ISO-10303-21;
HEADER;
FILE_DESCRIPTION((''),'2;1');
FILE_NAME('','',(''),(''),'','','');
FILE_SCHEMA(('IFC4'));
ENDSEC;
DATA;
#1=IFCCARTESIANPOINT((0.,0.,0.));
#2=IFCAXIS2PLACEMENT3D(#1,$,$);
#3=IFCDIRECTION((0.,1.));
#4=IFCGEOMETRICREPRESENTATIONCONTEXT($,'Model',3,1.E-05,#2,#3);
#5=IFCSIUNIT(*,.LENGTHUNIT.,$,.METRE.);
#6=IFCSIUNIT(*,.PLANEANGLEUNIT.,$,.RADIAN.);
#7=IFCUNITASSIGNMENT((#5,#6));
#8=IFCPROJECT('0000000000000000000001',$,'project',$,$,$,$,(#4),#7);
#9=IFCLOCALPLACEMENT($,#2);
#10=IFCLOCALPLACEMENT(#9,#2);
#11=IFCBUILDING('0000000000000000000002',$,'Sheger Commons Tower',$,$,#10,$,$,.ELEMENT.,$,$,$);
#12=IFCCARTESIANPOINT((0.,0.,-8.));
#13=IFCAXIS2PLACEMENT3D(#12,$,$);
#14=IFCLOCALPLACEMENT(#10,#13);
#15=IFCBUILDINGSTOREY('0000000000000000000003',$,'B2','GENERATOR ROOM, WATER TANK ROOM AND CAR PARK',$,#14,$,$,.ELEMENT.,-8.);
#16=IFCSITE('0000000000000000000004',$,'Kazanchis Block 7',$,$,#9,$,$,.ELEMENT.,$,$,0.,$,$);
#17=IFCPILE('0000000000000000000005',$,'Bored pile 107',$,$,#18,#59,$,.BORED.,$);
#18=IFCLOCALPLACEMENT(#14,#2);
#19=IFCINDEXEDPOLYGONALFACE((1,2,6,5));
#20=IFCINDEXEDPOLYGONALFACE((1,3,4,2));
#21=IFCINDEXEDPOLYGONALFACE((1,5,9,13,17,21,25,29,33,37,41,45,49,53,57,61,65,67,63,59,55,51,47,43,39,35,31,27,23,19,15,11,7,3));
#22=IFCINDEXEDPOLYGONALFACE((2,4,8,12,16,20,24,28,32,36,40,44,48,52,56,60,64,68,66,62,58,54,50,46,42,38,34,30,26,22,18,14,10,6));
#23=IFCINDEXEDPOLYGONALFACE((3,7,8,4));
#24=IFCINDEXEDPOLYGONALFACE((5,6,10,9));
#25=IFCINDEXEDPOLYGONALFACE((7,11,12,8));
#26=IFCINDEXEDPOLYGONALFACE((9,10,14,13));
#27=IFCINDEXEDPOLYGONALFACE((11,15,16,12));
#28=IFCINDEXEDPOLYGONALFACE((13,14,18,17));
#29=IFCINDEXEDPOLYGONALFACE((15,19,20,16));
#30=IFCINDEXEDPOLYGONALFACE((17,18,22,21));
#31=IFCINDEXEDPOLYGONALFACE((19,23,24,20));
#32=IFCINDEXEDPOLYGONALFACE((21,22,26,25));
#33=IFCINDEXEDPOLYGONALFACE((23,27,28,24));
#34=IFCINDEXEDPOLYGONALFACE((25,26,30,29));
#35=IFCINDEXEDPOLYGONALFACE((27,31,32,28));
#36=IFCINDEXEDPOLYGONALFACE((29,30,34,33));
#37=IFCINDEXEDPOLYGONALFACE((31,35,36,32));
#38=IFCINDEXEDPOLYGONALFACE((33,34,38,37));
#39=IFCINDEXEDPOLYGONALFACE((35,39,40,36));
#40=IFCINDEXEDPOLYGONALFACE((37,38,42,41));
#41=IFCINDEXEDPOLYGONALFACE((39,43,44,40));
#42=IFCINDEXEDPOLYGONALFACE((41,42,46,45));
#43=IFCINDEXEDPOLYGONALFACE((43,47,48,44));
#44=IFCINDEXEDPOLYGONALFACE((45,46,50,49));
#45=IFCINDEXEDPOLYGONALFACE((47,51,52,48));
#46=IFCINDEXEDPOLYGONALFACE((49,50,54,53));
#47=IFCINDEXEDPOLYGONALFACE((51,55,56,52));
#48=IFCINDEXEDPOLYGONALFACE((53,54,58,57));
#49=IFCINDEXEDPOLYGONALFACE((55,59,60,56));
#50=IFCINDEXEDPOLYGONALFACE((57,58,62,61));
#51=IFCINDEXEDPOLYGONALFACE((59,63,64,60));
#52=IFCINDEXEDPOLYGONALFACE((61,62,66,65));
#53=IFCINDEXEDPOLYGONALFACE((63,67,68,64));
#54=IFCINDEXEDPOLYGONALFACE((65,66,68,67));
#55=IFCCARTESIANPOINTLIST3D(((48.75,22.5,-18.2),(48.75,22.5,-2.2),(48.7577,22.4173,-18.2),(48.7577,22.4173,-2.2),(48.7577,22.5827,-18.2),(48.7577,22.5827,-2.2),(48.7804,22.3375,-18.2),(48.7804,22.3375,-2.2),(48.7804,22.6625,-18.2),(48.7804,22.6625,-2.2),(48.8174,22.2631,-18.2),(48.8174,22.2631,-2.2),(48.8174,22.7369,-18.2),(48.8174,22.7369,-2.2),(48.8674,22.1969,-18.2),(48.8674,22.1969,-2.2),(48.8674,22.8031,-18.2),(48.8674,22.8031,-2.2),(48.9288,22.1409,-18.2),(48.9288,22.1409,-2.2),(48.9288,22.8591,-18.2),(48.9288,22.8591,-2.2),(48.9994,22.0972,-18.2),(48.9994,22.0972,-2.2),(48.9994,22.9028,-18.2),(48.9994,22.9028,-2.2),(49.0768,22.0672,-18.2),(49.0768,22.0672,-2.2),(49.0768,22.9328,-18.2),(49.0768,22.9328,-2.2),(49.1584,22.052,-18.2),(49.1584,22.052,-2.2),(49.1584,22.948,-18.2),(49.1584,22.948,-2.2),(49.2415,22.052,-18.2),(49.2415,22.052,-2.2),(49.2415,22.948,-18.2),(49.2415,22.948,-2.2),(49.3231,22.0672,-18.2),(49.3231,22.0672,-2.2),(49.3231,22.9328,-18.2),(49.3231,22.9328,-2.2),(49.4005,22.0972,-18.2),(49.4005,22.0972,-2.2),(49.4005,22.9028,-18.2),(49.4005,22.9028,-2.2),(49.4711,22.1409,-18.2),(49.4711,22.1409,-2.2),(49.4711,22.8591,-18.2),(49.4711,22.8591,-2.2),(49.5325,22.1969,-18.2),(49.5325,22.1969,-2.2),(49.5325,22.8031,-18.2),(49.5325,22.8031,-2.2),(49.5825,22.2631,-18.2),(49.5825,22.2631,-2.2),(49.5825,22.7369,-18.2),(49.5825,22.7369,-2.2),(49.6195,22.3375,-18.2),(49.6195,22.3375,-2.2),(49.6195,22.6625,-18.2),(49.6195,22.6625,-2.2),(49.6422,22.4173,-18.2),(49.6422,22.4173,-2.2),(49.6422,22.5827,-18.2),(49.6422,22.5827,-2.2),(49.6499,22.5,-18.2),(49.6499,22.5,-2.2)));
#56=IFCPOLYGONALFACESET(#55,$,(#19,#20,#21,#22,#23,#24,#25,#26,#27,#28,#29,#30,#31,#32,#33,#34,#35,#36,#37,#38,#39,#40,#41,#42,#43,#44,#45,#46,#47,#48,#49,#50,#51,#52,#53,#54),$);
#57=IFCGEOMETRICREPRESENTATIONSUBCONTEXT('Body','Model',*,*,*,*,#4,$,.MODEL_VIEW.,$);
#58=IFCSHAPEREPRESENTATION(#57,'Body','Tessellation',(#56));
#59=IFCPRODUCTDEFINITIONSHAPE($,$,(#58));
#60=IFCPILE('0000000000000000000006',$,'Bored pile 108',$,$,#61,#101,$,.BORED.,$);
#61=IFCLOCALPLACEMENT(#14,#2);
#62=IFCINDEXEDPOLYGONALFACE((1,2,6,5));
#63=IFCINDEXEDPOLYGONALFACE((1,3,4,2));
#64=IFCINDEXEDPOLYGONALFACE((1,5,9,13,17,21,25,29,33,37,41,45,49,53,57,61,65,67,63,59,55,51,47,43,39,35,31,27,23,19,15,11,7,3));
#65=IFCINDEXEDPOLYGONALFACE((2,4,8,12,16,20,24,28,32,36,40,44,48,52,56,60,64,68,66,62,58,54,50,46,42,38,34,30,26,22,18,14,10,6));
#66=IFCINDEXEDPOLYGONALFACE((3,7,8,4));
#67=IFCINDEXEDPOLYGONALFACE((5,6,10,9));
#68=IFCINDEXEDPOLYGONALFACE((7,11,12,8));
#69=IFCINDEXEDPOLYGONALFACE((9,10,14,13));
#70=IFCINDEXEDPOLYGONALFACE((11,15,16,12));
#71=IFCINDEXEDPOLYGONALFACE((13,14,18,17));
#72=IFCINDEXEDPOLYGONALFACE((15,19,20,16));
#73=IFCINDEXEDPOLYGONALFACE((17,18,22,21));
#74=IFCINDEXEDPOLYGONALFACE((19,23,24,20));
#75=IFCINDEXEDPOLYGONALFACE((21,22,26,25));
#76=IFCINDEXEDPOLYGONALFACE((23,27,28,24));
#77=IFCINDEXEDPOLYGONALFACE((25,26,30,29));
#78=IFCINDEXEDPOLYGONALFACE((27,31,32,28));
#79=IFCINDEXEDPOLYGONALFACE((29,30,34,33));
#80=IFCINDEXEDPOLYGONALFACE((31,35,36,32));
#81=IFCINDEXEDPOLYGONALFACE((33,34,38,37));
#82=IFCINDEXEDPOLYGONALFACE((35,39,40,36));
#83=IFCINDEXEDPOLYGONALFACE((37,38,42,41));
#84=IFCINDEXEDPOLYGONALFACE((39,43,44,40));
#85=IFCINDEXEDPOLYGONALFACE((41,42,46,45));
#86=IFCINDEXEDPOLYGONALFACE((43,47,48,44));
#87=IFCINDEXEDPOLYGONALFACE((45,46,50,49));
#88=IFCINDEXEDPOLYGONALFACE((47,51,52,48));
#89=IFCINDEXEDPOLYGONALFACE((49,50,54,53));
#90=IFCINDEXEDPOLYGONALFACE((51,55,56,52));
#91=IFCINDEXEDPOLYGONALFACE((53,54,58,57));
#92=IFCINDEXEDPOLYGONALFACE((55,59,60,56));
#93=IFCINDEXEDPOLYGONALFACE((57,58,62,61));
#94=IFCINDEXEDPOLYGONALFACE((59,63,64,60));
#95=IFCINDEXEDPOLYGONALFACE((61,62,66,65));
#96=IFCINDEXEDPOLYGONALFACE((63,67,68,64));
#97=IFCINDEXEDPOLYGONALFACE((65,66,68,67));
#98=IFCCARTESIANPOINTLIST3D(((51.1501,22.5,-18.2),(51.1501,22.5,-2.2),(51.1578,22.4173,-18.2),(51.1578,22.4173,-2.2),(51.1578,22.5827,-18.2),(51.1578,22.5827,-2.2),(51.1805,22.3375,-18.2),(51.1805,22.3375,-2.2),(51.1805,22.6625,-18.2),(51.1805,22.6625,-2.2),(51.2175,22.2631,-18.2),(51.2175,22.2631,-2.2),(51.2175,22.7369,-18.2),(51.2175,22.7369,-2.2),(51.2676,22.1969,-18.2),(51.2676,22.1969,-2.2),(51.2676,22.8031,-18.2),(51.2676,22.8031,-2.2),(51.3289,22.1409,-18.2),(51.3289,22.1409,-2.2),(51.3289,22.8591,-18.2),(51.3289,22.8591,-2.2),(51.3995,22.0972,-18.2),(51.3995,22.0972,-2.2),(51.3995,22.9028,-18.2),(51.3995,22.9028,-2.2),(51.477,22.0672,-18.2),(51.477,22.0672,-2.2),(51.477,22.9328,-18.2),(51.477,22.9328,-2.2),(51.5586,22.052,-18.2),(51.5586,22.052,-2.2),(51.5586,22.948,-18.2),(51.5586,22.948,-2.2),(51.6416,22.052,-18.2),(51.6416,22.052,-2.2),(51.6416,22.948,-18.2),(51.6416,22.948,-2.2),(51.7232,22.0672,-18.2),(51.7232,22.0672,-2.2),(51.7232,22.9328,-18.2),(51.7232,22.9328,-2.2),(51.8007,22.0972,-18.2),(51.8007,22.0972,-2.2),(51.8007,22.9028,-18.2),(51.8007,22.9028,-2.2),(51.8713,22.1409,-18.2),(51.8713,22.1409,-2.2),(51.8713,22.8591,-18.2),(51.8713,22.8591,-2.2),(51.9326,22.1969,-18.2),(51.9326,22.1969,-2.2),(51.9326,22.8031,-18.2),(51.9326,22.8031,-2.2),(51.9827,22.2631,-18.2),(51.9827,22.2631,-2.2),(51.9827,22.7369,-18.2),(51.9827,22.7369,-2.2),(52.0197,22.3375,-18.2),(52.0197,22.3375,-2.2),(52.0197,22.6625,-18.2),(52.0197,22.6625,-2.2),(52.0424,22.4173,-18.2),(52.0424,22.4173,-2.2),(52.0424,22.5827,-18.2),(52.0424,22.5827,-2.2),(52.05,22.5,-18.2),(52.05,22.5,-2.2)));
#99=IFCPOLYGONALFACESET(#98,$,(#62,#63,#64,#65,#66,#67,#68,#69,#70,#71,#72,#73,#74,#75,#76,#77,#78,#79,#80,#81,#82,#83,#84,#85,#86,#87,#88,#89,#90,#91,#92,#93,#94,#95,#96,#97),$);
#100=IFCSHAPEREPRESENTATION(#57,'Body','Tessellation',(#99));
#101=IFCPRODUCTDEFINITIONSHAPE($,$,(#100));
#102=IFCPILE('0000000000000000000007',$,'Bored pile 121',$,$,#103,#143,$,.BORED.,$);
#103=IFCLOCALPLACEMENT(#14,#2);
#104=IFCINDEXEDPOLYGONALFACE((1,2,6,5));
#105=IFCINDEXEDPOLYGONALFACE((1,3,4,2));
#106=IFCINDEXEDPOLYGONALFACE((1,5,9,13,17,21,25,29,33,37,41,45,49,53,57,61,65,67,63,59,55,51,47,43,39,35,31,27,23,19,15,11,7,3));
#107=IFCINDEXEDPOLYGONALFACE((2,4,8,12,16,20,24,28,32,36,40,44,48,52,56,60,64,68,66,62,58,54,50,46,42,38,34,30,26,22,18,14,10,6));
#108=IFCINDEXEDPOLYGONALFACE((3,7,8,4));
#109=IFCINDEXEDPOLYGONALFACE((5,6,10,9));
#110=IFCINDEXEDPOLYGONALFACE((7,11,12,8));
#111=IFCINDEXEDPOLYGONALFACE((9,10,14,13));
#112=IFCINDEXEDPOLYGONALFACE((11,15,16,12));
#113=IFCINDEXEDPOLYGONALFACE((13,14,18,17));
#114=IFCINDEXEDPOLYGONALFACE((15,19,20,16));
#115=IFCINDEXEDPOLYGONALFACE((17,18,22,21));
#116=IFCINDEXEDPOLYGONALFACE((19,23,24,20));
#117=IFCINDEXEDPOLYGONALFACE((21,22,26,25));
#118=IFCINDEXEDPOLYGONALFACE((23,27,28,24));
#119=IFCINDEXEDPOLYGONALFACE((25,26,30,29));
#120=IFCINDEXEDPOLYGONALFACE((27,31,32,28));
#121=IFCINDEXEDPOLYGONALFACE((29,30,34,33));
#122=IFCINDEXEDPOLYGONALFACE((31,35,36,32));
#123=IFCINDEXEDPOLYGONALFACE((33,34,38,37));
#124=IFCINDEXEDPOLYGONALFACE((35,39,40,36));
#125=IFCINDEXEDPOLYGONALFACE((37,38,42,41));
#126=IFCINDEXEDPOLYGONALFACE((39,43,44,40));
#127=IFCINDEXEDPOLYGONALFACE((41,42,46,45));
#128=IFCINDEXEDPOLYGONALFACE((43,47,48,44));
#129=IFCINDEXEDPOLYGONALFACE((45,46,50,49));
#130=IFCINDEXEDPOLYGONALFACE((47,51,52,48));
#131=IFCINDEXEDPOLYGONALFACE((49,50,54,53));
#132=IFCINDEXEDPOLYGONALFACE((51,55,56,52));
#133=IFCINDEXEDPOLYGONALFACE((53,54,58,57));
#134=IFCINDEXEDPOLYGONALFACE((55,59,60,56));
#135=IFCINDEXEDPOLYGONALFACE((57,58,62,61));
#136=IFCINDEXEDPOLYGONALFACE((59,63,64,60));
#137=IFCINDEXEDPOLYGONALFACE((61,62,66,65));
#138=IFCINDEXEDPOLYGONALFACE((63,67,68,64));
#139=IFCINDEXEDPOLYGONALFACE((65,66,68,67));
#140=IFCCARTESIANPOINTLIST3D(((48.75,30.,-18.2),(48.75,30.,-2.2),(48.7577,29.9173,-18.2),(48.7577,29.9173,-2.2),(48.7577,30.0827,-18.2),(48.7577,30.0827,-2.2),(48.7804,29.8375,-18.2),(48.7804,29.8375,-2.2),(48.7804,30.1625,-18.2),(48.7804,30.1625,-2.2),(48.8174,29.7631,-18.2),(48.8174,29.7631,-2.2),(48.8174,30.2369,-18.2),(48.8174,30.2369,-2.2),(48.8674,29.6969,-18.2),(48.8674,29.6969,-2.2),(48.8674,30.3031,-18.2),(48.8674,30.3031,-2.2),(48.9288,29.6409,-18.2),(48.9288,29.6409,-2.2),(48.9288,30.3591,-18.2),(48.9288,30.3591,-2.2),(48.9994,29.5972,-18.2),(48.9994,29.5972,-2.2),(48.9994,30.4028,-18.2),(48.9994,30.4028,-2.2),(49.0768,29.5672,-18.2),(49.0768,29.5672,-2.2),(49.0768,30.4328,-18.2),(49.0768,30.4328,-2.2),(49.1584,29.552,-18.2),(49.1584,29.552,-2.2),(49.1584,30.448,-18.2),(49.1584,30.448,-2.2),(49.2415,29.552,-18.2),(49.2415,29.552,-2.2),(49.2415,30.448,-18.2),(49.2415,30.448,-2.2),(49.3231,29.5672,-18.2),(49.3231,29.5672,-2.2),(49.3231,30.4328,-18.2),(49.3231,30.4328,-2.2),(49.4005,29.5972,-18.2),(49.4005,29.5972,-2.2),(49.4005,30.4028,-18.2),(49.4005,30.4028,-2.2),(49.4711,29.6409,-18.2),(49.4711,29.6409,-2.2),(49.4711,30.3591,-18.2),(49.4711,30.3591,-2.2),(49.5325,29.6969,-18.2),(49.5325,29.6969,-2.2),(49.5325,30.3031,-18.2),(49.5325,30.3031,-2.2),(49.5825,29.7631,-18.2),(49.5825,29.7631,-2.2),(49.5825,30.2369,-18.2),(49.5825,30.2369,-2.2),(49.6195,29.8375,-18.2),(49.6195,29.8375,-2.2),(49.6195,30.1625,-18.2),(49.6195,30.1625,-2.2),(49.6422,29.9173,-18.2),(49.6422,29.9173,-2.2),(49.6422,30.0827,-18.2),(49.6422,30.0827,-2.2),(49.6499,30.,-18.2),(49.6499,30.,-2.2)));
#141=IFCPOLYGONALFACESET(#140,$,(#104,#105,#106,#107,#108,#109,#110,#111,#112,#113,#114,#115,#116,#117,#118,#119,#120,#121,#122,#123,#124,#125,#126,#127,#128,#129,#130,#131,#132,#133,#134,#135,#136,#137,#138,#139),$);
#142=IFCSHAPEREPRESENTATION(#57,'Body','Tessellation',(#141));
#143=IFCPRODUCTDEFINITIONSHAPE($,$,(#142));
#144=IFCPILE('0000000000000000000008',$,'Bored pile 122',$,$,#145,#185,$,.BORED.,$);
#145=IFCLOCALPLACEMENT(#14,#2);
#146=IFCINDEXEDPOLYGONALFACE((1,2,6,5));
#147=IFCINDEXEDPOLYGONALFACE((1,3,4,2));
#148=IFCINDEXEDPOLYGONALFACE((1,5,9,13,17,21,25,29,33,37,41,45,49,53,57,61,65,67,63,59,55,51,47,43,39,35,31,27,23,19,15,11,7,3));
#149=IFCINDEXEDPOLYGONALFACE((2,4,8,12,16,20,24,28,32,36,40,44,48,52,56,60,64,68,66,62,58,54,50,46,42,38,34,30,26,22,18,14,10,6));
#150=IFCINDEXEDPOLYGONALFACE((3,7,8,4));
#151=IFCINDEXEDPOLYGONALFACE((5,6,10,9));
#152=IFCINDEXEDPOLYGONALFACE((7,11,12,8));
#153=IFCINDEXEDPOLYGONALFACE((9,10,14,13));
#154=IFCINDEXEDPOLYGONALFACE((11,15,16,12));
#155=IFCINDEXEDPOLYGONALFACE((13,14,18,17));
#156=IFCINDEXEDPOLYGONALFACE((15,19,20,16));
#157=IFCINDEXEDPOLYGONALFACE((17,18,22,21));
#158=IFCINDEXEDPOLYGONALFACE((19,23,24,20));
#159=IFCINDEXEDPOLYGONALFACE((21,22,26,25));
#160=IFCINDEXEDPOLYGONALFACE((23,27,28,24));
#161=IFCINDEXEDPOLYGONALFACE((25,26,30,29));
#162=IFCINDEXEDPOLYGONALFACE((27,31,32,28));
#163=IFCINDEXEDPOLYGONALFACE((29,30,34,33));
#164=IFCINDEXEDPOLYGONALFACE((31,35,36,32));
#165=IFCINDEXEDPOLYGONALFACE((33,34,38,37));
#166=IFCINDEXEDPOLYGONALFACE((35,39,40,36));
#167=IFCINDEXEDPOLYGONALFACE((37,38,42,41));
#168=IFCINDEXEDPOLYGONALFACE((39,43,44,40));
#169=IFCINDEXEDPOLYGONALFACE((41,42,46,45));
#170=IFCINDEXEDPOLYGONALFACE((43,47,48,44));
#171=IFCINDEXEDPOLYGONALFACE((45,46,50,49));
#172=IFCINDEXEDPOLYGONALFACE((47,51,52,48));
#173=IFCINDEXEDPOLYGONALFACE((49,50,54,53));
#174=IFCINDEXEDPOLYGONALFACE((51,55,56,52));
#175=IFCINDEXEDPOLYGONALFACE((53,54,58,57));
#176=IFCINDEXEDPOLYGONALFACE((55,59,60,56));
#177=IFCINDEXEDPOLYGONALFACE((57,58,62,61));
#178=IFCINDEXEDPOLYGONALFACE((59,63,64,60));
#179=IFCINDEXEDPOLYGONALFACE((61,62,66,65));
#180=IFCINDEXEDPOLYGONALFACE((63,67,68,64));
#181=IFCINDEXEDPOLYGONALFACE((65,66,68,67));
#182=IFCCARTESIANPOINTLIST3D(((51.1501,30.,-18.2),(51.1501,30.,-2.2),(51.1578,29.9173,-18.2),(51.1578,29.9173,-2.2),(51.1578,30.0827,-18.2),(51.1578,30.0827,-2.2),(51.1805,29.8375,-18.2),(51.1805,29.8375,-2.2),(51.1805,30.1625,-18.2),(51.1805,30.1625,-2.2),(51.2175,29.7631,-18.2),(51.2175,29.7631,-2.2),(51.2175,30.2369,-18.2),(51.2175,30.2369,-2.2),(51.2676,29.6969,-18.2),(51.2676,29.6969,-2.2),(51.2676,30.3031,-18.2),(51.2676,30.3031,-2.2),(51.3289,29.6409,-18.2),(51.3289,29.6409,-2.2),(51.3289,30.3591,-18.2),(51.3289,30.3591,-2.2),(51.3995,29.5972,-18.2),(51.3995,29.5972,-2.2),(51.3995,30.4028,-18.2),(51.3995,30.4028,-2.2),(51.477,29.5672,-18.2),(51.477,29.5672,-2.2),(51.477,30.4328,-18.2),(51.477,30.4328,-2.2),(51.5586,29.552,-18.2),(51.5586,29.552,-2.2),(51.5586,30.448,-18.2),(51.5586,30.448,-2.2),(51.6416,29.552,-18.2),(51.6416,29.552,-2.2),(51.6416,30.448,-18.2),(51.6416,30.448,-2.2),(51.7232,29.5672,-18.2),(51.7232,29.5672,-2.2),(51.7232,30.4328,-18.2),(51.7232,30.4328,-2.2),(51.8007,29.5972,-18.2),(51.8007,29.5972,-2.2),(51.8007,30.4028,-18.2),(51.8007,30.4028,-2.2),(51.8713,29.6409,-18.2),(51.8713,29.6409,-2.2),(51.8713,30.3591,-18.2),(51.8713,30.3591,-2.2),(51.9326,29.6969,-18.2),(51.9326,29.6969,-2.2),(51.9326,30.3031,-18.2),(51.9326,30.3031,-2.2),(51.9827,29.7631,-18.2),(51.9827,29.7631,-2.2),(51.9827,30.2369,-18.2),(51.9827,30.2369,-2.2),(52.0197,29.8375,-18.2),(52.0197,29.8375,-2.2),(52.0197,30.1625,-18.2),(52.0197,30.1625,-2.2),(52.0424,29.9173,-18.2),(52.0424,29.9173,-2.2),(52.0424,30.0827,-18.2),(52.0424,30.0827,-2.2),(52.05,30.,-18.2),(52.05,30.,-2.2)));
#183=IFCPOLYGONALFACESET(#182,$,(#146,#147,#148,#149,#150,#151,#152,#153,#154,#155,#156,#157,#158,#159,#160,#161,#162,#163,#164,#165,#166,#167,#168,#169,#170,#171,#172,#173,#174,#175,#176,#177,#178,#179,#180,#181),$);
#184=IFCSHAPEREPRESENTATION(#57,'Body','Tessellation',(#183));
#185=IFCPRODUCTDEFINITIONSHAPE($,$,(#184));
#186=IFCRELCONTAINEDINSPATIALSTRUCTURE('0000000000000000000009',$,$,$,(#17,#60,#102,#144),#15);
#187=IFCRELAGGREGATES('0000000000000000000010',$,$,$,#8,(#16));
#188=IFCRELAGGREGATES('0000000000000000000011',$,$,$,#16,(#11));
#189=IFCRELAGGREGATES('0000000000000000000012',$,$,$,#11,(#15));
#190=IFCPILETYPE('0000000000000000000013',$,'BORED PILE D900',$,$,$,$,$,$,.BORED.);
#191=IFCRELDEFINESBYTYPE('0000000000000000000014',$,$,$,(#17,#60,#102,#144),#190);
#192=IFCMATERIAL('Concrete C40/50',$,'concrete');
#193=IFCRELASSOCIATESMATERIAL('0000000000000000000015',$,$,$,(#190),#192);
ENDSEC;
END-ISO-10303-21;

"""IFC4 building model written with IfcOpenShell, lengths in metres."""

from ifc_helpers import new_model, si_unit, direction, frame, origin, origin_2d, place, context, subcontext, project, spatial, circle, extrude, material, material_profile, profile_set, type_object, element, save


model = new_model("IFC4")

# Units and contexts
model_context = context("Model", 3, precision=1e-05, world=origin(), true_north=direction((0.0, 1.0)))
body_context = subcontext(model_context, "Body", "Model", "MODEL_VIEW")
ifc_project = project(units=[si_unit("LENGTHUNIT", "METRE"), si_unit("PLANEANGLEUNIT", "RADIAN")], contexts=[model_context])

# Site, building, storey
site_placement = place(None, origin())
site = spatial("IfcSite", under=ifc_project, at=site_placement, Name="Kazanchis Block 7", CompositionType="ELEMENT", RefElevation=0.0)
building_placement = place(site_placement, origin())
building = spatial("IfcBuilding", under=site, at=building_placement, Name="Sheger Commons Tower", CompositionType="ELEMENT")
storey_placement = place(building_placement, frame((0.0, 0.0, -8.0)))
storey = spatial("IfcBuildingStorey", under=building, at=storey_placement, Name="B2", Description="GENERATOR ROOM, WATER TANK ROOM AND CAR PARK", CompositionType="ELEMENT", Elevation=-8.0)

# Piles
ifc_material_1 = material(Name="Concrete C40/50", Category="concrete")
ifc_material_profile_1 = material_profile(ifc_material_1, circle(Radius=0.45, at=origin_2d()), Name="PILE D900")
ifc_profile_set_1 = profile_set([ifc_material_profile_1], Name="Concrete C40/50")
pile_type_1 = type_object("IfcPileType", Name="BORED PILE D900", PredefinedType="BORED", material=ifc_profile_set_1)
for number, where, z_axis, x_axis, name in (
    (1, (49.2, 22.5, -2.2), (0.0, 0.0, -1.0), (1.0, 0.0, 0.0), "Bored pile 107"),
    (2, (51.6001, 22.5, -2.2), (0.0, 0.0, -1.0), (1.0, 0.0, 0.0), "Bored pile 108"),
    (3, (49.2, 30.0, -2.2), (0.0, 0.0, -1.0), (1.0, 0.0, 0.0), "Bored pile 121"),
    (4, (51.6001, 30.0, -2.2), (0.0, 0.0, -1.0), (1.0, 0.0, 0.0), "Bored pile 122"),
):
    element("IfcPile", number, at=place(storey_placement, frame(where, z_axis=z_axis, x_axis=x_axis)), inside=storey, type_object=pile_type_1, Name=name, PredefinedType="BORED", context=body_context, shape_type="SweptSolid", body=[
        extrude(circle(Radius=0.45, at=origin_2d()), origin(), (0.0, 0.0, 1.0), 16.0),
    ])

save(model, "model.ifc")
